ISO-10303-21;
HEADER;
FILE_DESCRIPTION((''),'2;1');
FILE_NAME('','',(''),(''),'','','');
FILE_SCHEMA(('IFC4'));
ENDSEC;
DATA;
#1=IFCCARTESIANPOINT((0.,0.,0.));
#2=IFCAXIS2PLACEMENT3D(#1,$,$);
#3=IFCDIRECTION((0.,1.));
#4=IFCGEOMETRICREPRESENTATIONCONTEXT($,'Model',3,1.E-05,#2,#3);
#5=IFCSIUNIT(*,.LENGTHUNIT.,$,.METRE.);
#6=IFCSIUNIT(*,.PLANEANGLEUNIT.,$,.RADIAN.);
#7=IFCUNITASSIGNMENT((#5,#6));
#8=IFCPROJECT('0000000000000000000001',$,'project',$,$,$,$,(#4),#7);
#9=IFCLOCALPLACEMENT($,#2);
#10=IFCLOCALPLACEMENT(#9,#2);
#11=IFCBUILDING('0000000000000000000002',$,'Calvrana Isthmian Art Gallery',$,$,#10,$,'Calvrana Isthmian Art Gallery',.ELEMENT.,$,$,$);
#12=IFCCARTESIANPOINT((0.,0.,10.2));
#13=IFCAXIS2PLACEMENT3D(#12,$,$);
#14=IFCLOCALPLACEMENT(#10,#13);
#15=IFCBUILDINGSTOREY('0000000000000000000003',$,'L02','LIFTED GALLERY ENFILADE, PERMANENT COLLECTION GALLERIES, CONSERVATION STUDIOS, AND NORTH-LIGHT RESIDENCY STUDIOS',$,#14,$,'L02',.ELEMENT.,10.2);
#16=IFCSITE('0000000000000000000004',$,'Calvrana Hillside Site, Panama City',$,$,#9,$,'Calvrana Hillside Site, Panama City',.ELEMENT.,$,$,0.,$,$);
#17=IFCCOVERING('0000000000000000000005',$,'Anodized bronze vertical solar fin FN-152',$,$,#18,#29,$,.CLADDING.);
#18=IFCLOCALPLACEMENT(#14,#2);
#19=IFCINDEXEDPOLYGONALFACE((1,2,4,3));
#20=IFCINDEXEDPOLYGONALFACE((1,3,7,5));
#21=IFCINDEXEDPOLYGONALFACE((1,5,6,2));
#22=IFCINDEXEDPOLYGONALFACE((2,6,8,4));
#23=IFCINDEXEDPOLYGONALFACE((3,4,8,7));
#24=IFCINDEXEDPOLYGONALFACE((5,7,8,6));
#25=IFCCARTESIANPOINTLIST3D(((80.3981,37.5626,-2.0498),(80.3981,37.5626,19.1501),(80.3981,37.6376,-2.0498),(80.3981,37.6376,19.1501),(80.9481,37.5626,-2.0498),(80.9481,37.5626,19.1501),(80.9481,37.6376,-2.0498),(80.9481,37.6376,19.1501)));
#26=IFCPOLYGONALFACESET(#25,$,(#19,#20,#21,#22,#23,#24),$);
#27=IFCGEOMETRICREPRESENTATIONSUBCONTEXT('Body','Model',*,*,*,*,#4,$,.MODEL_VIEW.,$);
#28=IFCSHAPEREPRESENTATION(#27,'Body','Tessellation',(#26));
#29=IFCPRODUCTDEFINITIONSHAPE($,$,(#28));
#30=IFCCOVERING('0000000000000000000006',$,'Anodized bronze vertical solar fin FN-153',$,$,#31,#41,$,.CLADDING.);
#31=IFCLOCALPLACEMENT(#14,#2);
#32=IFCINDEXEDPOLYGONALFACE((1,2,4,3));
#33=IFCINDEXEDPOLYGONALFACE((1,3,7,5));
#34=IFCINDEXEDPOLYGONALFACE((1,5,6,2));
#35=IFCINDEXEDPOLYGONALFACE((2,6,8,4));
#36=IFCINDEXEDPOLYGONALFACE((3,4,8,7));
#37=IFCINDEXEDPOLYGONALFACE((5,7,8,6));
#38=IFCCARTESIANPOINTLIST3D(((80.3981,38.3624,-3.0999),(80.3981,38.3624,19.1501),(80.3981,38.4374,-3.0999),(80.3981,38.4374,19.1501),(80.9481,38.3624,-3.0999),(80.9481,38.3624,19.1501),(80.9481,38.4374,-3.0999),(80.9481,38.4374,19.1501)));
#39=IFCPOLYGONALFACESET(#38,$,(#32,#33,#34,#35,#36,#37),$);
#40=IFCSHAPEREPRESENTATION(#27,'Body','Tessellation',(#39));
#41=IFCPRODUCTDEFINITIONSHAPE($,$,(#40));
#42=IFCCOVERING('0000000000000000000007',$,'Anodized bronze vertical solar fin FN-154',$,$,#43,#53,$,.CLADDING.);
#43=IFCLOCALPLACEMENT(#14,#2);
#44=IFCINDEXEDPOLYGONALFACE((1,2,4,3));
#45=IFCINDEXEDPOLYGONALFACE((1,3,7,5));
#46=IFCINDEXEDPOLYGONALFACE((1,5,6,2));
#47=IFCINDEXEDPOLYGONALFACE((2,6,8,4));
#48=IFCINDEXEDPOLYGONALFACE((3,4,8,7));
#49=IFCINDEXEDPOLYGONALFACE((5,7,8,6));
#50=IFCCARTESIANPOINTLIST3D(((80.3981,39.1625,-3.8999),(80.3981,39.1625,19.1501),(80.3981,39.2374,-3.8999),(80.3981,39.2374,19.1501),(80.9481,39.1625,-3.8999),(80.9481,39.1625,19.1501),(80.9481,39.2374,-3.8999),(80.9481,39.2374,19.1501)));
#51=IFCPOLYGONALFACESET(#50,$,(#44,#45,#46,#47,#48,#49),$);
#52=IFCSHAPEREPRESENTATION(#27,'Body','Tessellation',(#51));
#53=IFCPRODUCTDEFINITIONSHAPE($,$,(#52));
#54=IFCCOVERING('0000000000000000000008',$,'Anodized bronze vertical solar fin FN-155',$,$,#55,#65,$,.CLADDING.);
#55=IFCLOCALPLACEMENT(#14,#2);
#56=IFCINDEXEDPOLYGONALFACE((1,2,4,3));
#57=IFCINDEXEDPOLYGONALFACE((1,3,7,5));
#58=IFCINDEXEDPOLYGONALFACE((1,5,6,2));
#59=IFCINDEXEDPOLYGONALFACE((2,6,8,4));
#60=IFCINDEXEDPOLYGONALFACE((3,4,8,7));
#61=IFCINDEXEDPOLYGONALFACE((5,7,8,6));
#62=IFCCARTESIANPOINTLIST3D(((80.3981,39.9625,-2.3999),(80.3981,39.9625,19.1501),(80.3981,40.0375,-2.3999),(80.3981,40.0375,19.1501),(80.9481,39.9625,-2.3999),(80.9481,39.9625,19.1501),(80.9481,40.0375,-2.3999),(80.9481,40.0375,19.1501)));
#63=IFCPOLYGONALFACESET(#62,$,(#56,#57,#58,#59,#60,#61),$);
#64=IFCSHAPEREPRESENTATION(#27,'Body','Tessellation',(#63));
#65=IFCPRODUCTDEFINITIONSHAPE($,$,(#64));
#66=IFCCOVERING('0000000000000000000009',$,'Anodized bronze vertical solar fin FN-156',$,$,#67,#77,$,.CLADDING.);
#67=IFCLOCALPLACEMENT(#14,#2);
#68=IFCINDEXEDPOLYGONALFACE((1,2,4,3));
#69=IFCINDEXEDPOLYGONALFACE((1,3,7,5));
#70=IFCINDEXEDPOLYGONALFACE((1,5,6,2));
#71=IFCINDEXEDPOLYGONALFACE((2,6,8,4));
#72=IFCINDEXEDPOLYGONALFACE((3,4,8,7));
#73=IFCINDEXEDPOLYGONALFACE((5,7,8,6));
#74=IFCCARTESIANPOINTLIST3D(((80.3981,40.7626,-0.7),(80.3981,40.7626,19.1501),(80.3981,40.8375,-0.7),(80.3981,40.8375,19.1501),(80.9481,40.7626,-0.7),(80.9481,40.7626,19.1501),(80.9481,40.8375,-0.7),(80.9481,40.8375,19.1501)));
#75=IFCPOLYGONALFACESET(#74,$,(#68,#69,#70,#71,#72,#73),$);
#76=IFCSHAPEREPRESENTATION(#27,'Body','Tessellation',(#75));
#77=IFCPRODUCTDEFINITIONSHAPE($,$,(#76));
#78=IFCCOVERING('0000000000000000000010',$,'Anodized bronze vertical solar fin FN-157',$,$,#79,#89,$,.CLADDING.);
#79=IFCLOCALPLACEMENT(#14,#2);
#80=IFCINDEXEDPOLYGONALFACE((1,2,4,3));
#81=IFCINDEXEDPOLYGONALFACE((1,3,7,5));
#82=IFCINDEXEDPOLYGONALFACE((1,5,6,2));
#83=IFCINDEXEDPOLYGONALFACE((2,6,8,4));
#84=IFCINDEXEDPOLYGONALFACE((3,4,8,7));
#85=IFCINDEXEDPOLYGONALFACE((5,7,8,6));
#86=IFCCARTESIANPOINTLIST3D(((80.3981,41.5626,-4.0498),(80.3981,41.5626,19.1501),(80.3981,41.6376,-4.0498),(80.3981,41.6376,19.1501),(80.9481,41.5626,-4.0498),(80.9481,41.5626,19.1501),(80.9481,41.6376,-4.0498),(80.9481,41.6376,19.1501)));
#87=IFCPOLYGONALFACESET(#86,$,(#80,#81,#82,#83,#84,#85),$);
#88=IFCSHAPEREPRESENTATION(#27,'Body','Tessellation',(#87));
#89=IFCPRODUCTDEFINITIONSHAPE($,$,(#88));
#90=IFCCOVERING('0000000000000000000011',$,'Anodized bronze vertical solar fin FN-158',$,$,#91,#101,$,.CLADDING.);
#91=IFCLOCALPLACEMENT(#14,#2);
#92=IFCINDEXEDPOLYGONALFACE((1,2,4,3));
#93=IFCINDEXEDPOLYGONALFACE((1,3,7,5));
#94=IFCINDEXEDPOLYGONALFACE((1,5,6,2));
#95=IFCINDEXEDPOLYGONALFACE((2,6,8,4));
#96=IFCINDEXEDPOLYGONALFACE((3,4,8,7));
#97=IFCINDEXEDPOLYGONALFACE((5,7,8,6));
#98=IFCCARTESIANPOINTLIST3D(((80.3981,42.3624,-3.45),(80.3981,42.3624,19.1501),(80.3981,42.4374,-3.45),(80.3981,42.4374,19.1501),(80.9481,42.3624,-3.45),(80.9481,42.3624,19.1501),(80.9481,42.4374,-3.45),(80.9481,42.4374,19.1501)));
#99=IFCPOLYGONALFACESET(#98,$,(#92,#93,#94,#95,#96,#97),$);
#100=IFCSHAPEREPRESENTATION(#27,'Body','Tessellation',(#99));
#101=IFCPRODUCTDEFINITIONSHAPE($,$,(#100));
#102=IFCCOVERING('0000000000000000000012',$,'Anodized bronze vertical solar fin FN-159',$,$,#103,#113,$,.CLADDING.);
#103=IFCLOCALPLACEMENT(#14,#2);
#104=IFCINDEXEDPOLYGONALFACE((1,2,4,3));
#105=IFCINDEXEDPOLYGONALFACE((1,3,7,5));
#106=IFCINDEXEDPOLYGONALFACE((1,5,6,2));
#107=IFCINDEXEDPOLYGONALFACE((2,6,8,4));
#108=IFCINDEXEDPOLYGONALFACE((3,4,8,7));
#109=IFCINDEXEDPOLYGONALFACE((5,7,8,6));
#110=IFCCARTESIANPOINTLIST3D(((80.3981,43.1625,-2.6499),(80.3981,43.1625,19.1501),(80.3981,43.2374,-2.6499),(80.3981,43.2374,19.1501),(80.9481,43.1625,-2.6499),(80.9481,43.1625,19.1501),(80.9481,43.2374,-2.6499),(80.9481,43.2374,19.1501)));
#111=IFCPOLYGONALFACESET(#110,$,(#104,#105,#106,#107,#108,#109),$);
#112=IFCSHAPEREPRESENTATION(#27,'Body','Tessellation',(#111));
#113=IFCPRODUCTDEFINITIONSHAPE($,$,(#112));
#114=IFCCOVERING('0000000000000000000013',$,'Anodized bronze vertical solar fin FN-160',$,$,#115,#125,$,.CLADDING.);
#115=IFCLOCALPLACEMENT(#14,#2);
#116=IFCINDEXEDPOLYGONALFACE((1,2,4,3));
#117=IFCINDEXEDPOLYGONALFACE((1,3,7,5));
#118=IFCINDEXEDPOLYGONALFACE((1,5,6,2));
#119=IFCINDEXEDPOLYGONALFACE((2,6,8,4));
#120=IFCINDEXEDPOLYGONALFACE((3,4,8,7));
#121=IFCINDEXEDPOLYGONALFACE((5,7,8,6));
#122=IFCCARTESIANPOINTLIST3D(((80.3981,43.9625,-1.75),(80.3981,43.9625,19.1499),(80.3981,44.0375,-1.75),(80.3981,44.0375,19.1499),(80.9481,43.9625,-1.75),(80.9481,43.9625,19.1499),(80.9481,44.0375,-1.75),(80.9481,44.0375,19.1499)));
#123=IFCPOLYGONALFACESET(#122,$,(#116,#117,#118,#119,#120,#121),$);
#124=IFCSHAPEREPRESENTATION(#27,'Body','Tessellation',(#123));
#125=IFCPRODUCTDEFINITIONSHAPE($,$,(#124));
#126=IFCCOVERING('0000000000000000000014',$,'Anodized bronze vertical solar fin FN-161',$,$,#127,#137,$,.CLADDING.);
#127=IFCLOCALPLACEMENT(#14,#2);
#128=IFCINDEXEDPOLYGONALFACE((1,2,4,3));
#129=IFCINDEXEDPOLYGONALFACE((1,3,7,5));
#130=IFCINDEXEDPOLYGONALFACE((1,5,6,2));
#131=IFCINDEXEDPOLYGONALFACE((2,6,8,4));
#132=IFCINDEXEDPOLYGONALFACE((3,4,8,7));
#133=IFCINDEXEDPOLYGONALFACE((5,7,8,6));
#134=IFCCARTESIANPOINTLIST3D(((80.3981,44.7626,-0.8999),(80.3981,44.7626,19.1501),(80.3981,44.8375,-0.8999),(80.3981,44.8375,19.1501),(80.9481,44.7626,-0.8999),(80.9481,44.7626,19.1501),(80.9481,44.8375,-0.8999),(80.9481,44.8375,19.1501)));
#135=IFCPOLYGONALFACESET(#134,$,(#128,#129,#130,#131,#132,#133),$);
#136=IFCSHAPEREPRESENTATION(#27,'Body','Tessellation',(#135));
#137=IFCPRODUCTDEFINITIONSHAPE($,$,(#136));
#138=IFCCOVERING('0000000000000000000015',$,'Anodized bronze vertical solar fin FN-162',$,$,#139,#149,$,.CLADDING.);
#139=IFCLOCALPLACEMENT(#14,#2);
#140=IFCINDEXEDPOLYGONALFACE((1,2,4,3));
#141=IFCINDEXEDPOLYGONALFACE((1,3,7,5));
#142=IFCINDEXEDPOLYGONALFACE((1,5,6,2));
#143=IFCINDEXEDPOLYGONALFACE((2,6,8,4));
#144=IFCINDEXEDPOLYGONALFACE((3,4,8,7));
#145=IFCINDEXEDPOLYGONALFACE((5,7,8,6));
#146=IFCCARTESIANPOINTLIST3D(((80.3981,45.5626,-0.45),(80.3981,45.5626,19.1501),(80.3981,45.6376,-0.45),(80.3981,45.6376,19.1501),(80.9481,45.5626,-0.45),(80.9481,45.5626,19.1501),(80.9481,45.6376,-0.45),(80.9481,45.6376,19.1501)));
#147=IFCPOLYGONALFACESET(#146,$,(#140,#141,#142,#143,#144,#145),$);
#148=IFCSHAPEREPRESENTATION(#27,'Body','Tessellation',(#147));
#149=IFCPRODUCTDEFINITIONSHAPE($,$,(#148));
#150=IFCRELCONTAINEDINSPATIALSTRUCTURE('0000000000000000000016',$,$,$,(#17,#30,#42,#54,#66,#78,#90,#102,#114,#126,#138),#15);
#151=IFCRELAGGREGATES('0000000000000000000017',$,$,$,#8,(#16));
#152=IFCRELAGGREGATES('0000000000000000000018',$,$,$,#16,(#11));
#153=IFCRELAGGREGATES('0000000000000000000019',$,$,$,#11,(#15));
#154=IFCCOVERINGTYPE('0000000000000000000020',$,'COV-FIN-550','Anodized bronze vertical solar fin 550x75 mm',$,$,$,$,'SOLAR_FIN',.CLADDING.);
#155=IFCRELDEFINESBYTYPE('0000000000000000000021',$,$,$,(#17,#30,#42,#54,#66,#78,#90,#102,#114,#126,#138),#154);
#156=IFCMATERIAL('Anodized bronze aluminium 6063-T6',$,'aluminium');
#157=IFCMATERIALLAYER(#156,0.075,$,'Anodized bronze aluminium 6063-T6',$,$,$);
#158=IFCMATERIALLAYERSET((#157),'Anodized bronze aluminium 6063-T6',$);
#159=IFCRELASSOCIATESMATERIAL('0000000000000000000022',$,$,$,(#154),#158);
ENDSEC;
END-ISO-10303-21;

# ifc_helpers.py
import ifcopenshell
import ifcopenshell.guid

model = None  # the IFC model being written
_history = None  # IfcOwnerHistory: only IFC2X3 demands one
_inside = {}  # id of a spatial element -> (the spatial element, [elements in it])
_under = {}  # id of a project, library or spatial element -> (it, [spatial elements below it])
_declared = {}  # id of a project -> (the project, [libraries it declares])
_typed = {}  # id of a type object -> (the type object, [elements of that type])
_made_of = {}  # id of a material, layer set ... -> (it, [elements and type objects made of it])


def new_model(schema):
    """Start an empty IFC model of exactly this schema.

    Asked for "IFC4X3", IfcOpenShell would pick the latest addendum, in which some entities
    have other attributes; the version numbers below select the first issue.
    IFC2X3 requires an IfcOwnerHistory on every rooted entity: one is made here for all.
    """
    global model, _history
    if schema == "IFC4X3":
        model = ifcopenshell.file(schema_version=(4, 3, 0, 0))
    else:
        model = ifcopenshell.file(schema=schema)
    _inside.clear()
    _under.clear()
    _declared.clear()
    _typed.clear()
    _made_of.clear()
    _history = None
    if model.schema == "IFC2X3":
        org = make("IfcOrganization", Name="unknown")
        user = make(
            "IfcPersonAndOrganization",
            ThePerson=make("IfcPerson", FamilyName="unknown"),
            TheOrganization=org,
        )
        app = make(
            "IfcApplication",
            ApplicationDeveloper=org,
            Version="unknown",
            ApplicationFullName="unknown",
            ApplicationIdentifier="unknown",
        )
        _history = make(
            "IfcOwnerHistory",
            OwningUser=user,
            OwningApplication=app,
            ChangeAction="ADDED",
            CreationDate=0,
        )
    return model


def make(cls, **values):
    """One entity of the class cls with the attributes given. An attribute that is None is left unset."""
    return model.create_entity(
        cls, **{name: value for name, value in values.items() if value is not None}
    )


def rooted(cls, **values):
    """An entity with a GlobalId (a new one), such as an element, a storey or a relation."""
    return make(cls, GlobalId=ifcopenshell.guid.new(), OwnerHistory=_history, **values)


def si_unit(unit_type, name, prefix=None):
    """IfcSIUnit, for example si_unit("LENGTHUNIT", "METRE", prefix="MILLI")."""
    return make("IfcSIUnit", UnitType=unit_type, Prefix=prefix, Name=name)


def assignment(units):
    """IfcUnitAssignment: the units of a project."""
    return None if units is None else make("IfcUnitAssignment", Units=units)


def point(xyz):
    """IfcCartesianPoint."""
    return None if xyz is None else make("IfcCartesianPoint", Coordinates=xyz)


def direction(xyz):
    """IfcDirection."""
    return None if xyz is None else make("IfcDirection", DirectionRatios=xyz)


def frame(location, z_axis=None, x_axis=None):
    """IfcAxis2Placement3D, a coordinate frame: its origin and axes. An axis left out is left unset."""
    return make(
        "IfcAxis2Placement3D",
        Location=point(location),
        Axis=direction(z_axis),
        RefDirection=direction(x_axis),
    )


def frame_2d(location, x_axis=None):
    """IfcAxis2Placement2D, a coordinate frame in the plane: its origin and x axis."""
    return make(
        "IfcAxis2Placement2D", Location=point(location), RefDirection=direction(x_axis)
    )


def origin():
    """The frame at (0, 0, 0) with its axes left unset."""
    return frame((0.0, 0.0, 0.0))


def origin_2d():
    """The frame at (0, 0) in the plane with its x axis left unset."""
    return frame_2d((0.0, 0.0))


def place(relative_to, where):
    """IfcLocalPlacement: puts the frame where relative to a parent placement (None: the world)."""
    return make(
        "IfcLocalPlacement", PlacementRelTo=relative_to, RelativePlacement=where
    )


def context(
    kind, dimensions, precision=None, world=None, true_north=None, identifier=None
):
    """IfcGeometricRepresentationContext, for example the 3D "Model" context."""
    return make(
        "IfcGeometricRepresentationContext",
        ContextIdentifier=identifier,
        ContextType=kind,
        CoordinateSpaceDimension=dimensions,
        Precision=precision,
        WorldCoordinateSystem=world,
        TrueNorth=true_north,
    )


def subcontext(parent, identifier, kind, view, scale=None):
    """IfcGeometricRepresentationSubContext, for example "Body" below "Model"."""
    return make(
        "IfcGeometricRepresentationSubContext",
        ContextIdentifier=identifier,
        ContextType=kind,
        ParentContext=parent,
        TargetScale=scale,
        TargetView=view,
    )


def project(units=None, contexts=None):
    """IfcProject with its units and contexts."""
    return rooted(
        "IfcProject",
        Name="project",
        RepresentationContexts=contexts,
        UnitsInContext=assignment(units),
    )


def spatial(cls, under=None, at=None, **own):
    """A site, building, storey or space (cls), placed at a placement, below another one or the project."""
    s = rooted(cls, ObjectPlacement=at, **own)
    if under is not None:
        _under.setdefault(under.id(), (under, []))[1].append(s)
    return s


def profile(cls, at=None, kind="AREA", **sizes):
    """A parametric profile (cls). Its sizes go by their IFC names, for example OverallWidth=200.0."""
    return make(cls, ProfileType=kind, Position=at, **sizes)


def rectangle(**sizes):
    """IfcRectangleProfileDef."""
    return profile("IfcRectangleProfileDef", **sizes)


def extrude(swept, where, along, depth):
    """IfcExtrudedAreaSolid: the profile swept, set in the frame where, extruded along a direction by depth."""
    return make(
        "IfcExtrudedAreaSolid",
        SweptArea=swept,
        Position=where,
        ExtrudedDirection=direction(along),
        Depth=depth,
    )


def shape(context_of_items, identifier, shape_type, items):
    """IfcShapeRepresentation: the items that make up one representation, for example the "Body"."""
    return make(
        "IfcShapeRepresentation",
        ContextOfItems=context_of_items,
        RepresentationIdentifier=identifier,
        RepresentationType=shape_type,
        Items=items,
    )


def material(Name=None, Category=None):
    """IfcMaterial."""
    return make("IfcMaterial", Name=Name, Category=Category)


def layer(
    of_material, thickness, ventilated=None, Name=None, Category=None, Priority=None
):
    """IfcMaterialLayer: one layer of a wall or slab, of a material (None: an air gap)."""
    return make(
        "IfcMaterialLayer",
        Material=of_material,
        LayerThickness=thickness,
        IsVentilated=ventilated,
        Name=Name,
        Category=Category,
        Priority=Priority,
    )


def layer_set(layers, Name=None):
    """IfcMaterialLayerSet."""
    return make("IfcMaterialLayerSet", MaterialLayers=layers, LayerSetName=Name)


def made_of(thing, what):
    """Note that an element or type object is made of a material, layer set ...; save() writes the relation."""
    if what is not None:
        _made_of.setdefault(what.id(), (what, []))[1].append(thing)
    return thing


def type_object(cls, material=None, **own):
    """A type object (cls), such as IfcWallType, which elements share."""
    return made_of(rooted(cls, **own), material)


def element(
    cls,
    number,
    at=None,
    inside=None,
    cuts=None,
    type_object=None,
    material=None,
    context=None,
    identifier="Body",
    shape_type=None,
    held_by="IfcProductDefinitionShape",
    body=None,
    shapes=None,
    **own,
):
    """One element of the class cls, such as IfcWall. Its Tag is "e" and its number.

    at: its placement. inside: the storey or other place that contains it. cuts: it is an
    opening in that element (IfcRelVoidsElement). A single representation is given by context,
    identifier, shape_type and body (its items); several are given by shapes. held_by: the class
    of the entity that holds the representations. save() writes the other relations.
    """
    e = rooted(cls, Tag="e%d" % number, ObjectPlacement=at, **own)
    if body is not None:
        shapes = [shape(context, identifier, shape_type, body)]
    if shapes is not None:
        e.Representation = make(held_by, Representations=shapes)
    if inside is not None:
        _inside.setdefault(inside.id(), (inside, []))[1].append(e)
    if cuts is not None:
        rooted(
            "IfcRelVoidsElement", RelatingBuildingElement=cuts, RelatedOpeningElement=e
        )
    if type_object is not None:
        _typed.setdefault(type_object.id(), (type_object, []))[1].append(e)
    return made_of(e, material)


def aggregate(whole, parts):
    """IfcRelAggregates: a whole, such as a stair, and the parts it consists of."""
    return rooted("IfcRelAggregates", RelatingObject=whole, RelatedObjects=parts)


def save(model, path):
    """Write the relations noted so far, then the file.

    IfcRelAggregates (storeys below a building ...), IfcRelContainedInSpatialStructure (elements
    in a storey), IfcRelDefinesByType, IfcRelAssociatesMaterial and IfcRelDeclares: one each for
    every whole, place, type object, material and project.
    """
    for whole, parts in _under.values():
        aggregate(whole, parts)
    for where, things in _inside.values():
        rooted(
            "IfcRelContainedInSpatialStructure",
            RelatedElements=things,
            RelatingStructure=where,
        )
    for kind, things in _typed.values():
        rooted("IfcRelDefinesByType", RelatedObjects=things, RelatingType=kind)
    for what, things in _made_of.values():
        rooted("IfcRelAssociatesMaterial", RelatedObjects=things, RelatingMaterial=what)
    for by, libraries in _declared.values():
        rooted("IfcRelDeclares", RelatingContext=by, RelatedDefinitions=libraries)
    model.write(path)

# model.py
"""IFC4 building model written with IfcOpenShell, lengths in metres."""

from ifc_helpers import new_model, si_unit, direction, frame, origin, origin_2d, place, context, subcontext, project, spatial, rectangle, extrude, material, layer, layer_set, type_object, element, save


model = new_model("IFC4")

# Units and contexts
model_context = context("Model", 3, precision=1e-05, world=origin(), true_north=direction((0.0, 1.0)))
body_context = subcontext(model_context, "Body", "Model", "MODEL_VIEW")
ifc_project = project(units=[si_unit("LENGTHUNIT", "METRE"), si_unit("PLANEANGLEUNIT", "RADIAN")], contexts=[model_context])

# Site, building, storey
site_placement = place(None, origin())
site = spatial("IfcSite", under=ifc_project, at=site_placement, Name="Calvrana Hillside Site, Panama City", LongName="Calvrana Hillside Site, Panama City", CompositionType="ELEMENT", RefElevation=0.0)
building_placement = place(site_placement, origin())
building = spatial("IfcBuilding", under=site, at=building_placement, Name="Calvrana Isthmian Art Gallery", LongName="Calvrana Isthmian Art Gallery", CompositionType="ELEMENT")
storey_placement = place(building_placement, frame((0.0, 0.0, 10.2)))
storey = spatial("IfcBuildingStorey", under=building, at=storey_placement, Name="L02", Description="LIFTED GALLERY ENFILADE, PERMANENT COLLECTION GALLERIES, CONSERVATION STUDIOS, AND NORTH-LIGHT RESIDENCY STUDIOS", LongName="L02", CompositionType="ELEMENT", Elevation=10.2)

# Coverings
ifc_material_1 = material(Name="Anodized bronze aluminium 6063-T6", Category="aluminium")
ifc_layer = layer(ifc_material_1, 0.075, Name="Anodized bronze aluminium 6063-T6")
ifc_layer_set = layer_set([ifc_layer], Name="Anodized bronze aluminium 6063-T6")
covering_type = type_object("IfcCoveringType", Name="COV-FIN-550", Description="Anodized bronze vertical solar fin 550x75 mm", ElementType="SOLAR_FIN", PredefinedType="CLADDING", material=ifc_layer_set)
covering_1_placement = place(storey_placement, frame((80.6731, 37.6001, -2.0498), z_axis=(0.0, 0.0, 1.0), x_axis=(1.0, 0.0, 0.0)))
element("IfcCovering", 1, at=covering_1_placement, inside=storey, type_object=covering_type, Name="Anodized bronze vertical solar fin FN-152", PredefinedType="CLADDING", context=body_context, shape_type="SweptSolid", body=[
    extrude(rectangle(XDim=0.55, YDim=0.075, at=origin_2d()), origin(), (0.0, 0.0, 1.0), 21.2),
])
covering_2_placement = place(storey_placement, frame((80.6731, 38.3999, -3.0999), z_axis=(0.0, 0.0, 1.0), x_axis=(1.0, 0.0, 0.0)))
element("IfcCovering", 2, at=covering_2_placement, inside=storey, type_object=covering_type, Name="Anodized bronze vertical solar fin FN-153", PredefinedType="CLADDING", context=body_context, shape_type="SweptSolid", body=[
    extrude(rectangle(XDim=0.55, YDim=0.075, at=origin_2d()), origin(), (0.0, 0.0, 1.0), 22.25),
])
covering_3_placement = place(storey_placement, frame((80.6731, 39.2, -3.8999), z_axis=(0.0, 0.0, 1.0), x_axis=(1.0, 0.0, 0.0)))
element("IfcCovering", 3, at=covering_3_placement, inside=storey, type_object=covering_type, Name="Anodized bronze vertical solar fin FN-154", PredefinedType="CLADDING", context=body_context, shape_type="SweptSolid", body=[
    extrude(rectangle(XDim=0.55, YDim=0.075, at=origin_2d()), origin(), (0.0, 0.0, 1.0), 23.05),
])
covering_4_placement = place(storey_placement, frame((80.6731, 40.0, -2.3999), z_axis=(0.0, 0.0, 1.0), x_axis=(1.0, 0.0, 0.0)))
element("IfcCovering", 4, at=covering_4_placement, inside=storey, type_object=covering_type, Name="Anodized bronze vertical solar fin FN-155", PredefinedType="CLADDING", context=body_context, shape_type="SweptSolid", body=[
    extrude(rectangle(XDim=0.55, YDim=0.075, at=origin_2d()), origin(), (0.0, 0.0, 1.0), 21.55),
])
covering_5_placement = place(storey_placement, frame((80.6731, 40.8, -0.7), z_axis=(0.0, 0.0, 1.0), x_axis=(1.0, 0.0, 0.0)))
element("IfcCovering", 5, at=covering_5_placement, inside=storey, type_object=covering_type, Name="Anodized bronze vertical solar fin FN-156", PredefinedType="CLADDING", context=body_context, shape_type="SweptSolid", body=[
    extrude(rectangle(XDim=0.55, YDim=0.075, at=origin_2d()), origin(), (0.0, 0.0, 1.0), 19.8501),
])
covering_6_placement = place(storey_placement, frame((80.6731, 41.6001, -4.0498), z_axis=(0.0, 0.0, 1.0), x_axis=(1.0, 0.0, 0.0)))
element("IfcCovering", 6, at=covering_6_placement, inside=storey, type_object=covering_type, Name="Anodized bronze vertical solar fin FN-157", PredefinedType="CLADDING", context=body_context, shape_type="SweptSolid", body=[
    extrude(rectangle(XDim=0.55, YDim=0.075, at=origin_2d()), origin(), (0.0, 0.0, 1.0), 23.2),
])
covering_7_placement = place(storey_placement, frame((80.6731, 42.3999, -3.45), z_axis=(0.0, 0.0, 1.0), x_axis=(1.0, 0.0, 0.0)))
element("IfcCovering", 7, at=covering_7_placement, inside=storey, type_object=covering_type, Name="Anodized bronze vertical solar fin FN-158", PredefinedType="CLADDING", context=body_context, shape_type="SweptSolid", body=[
    extrude(rectangle(XDim=0.55, YDim=0.075, at=origin_2d()), origin(), (0.0, 0.0, 1.0), 22.6001),
])
covering_8_placement = place(storey_placement, frame((80.6731, 43.2, -2.6499), z_axis=(0.0, 0.0, 1.0), x_axis=(1.0, 0.0, 0.0)))
element("IfcCovering", 8, at=covering_8_placement, inside=storey, type_object=covering_type, Name="Anodized bronze vertical solar fin FN-159", PredefinedType="CLADDING", context=body_context, shape_type="SweptSolid", body=[
    extrude(rectangle(XDim=0.55, YDim=0.075, at=origin_2d()), origin(), (0.0, 0.0, 1.0), 21.8),
])
covering_9_placement = place(storey_placement, frame((80.6731, 44.0, -1.75), z_axis=(0.0, 0.0, 1.0), x_axis=(1.0, 0.0, 0.0)))
element("IfcCovering", 9, at=covering_9_placement, inside=storey, type_object=covering_type, Name="Anodized bronze vertical solar fin FN-160", PredefinedType="CLADDING", context=body_context, shape_type="SweptSolid", body=[
    extrude(rectangle(XDim=0.55, YDim=0.075, at=origin_2d()), origin(), (0.0, 0.0, 1.0), 20.8999),
])
covering_10_placement = place(storey_placement, frame((80.6731, 44.8, -0.8999), z_axis=(0.0, 0.0, 1.0), x_axis=(1.0, 0.0, 0.0)))
element("IfcCovering", 10, at=covering_10_placement, inside=storey, type_object=covering_type, Name="Anodized bronze vertical solar fin FN-161", PredefinedType="CLADDING", context=body_context, shape_type="SweptSolid", body=[
    extrude(rectangle(XDim=0.55, YDim=0.075, at=origin_2d()), origin(), (0.0, 0.0, 1.0), 20.05),
])
covering_11_placement = place(storey_placement, frame((80.6731, 45.6001, -0.45), z_axis=(0.0, 0.0, 1.0), x_axis=(1.0, 0.0, 0.0)))
element("IfcCovering", 11, at=covering_11_placement, inside=storey, type_object=covering_type, Name="Anodized bronze vertical solar fin FN-162", PredefinedType="CLADDING", context=body_context, shape_type="SweptSolid", body=[
    extrude(rectangle(XDim=0.55, YDim=0.075, at=origin_2d()), origin(), (0.0, 0.0, 1.0), 19.6001),
])

save(model, "model.ifc")
